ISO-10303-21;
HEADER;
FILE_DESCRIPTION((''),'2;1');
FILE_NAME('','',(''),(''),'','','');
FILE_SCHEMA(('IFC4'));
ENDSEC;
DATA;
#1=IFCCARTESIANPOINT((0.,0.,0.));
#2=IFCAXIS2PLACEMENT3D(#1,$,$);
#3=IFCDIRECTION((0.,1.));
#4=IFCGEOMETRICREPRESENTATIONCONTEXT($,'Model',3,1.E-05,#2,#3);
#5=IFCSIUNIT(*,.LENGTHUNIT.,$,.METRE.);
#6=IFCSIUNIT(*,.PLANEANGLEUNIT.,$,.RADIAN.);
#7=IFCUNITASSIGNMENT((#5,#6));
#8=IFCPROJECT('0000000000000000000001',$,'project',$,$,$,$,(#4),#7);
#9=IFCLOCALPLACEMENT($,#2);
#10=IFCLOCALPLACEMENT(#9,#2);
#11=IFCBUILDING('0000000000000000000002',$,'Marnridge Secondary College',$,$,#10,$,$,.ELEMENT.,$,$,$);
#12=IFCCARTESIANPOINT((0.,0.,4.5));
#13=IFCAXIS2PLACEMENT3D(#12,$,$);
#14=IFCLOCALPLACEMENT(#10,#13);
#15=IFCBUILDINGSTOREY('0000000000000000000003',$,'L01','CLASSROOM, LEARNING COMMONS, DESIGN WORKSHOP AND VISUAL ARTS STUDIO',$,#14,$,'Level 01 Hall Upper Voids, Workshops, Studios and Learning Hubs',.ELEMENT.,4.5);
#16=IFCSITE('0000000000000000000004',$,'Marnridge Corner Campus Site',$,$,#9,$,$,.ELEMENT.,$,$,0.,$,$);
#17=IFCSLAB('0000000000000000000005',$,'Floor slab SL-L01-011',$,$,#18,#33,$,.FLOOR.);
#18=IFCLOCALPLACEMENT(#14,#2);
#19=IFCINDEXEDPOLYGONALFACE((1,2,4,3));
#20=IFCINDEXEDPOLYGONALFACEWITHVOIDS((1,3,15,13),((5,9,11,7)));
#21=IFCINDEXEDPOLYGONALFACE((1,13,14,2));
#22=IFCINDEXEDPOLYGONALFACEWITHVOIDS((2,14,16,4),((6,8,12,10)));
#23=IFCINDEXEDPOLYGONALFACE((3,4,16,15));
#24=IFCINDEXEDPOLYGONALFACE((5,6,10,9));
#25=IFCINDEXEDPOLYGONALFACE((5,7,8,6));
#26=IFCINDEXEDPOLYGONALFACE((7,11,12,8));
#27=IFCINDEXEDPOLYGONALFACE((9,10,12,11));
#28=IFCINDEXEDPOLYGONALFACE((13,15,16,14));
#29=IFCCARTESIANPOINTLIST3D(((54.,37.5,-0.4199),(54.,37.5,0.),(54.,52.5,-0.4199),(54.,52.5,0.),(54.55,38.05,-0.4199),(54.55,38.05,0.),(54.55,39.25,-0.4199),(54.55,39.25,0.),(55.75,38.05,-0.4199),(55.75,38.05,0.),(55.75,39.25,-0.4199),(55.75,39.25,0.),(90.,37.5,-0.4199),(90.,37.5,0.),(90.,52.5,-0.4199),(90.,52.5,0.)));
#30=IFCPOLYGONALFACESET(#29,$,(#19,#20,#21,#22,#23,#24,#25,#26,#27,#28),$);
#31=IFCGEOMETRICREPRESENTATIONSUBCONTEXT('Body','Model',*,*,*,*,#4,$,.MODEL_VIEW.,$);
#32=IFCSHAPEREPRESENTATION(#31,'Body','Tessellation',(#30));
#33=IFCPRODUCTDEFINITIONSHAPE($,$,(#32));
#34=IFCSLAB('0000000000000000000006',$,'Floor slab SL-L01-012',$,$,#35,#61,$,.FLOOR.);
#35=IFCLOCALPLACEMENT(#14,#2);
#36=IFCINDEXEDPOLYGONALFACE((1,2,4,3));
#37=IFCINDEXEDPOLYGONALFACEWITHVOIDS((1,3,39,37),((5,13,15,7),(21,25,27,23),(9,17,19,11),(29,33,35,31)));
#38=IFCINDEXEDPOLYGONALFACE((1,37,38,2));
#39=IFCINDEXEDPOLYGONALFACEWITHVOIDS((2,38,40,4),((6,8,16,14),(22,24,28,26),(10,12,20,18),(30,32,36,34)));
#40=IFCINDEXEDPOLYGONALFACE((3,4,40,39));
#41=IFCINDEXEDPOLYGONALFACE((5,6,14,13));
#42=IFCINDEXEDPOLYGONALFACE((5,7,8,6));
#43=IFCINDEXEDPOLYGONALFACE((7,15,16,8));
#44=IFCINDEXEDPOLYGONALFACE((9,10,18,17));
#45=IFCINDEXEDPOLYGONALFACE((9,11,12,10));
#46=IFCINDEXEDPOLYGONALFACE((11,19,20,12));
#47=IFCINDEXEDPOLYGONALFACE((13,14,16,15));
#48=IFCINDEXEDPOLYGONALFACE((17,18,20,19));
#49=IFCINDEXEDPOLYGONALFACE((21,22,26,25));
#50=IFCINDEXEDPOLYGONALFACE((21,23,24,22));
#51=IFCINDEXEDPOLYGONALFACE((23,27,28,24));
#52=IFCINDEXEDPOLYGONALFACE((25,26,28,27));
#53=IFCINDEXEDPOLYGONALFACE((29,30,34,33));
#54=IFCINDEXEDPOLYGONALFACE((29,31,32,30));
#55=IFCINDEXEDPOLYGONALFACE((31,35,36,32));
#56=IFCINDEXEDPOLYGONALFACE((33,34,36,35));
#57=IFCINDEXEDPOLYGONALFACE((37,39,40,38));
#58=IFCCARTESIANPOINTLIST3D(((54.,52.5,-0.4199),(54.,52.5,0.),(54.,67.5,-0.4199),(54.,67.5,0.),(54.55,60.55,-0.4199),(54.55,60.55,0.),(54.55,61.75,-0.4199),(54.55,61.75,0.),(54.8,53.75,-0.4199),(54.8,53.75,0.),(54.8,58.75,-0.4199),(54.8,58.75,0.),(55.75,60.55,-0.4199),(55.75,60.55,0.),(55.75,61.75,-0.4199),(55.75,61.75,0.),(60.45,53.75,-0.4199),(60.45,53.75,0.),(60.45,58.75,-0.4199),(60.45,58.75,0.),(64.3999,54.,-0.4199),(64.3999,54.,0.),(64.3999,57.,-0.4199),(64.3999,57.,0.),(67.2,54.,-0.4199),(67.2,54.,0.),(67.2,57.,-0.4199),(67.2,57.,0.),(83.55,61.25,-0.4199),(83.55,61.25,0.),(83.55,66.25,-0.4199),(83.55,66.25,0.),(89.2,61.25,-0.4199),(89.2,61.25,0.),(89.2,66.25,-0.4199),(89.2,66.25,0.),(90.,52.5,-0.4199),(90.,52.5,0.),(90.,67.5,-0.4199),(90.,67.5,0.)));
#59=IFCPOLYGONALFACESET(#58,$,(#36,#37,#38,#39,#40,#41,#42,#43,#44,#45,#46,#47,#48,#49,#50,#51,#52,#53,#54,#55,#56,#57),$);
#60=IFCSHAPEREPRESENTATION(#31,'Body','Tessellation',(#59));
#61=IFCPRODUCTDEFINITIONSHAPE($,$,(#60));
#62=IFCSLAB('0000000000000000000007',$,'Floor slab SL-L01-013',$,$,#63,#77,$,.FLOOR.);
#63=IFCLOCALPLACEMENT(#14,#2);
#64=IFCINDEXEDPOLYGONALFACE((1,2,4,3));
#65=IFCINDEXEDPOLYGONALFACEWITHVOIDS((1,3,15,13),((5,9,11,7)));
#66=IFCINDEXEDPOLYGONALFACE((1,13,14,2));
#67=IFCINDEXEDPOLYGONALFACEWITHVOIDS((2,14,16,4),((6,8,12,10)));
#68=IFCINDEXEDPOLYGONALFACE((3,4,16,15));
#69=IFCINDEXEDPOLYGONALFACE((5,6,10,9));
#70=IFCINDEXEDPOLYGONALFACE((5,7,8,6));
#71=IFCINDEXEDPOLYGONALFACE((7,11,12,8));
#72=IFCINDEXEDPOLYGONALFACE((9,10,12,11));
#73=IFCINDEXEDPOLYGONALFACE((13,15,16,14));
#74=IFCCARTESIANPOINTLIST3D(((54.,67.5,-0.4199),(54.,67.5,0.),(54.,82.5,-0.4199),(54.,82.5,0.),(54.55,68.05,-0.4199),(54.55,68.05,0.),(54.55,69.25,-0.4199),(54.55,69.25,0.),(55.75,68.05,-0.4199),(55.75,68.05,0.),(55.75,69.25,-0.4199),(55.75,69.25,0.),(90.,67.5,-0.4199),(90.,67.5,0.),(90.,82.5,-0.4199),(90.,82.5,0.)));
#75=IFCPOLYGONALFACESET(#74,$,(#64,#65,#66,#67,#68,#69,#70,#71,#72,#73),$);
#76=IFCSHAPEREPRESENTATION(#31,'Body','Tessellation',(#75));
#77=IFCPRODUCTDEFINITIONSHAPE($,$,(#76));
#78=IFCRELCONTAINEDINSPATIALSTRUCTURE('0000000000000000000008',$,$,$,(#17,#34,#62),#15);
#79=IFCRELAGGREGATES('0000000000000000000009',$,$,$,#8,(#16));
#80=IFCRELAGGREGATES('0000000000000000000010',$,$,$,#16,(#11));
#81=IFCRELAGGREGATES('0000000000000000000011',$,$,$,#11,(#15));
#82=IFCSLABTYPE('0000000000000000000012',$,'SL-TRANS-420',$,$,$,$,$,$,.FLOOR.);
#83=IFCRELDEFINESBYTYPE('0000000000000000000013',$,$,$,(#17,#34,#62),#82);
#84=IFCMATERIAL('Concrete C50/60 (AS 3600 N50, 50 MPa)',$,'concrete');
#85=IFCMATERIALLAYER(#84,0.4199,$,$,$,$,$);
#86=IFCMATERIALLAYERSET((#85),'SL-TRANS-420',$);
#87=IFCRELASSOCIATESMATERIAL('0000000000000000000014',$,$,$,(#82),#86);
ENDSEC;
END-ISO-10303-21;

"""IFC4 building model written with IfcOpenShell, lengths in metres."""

from ifc_helpers import new_model, si_unit, direction, frame, origin, place, context, subcontext, project, spatial, polyline, outline, extrude, material, layer, layer_set, type_object, element, save


model = new_model("IFC4")

# Units and contexts
model_context = context("Model", 3, precision=1e-05, world=origin(), true_north=direction((0.0, 1.0)))
body_context = subcontext(model_context, "Body", "Model", "MODEL_VIEW")
ifc_project = project(units=[si_unit("LENGTHUNIT", "METRE"), si_unit("PLANEANGLEUNIT", "RADIAN")], contexts=[model_context])

# Site, building, storey
site_placement = place(None, origin())
site = spatial("IfcSite", under=ifc_project, at=site_placement, Name="Marnridge Corner Campus Site", CompositionType="ELEMENT", RefElevation=0.0)
building_placement = place(site_placement, origin())
building = spatial("IfcBuilding", under=site, at=building_placement, Name="Marnridge Secondary College", CompositionType="ELEMENT")
storey_placement = place(building_placement, frame((0.0, 0.0, 4.5)))
storey = spatial("IfcBuildingStorey", under=building, at=storey_placement, Name="L01", Description="CLASSROOM, LEARNING COMMONS, DESIGN WORKSHOP AND VISUAL ARTS STUDIO", LongName="Level 01 Hall Upper Voids, Workshops, Studios and Learning Hubs", CompositionType="ELEMENT", Elevation=4.5)

# Slabs
ifc_material_1 = material(Name="Concrete C50/60 (AS 3600 N50, 50 MPa)", Category="concrete")
ifc_layer_1 = layer(ifc_material_1, 0.4199)
ifc_layer_set_1 = layer_set([ifc_layer_1], Name="SL-TRANS-420")
slab_type_1 = type_object("IfcSlabType", Name="SL-TRANS-420", PredefinedType="FLOOR", material=ifc_layer_set_1)
slab_1_placement = place(storey_placement, frame((0.0, 0.0, -0.4199)))
element("IfcSlab", 1, at=slab_1_placement, inside=storey, type_object=slab_type_1, Name="Floor slab SL-L01-011", PredefinedType="FLOOR", context=body_context, shape_type="SweptSolid", body=[
    extrude(outline(polyline([(90.0, 37.5), (54.0, 37.5), (54.0, 52.5), (90.0, 52.5), (90.0, 37.5)]), holes=[polyline([(54.55, 38.05), (55.75, 38.05), (55.75, 39.25), (54.55, 39.25), (54.55, 38.05)])]), origin(), (0.0, 0.0, 1.0), 0.4199),
])
slab_2_placement = place(storey_placement, frame((0.0, 0.0, -0.4199)))
element("IfcSlab", 2, at=slab_2_placement, inside=storey, type_object=slab_type_1, Name="Floor slab SL-L01-012", PredefinedType="FLOOR", context=body_context, shape_type="SweptSolid", body=[
    extrude(outline(polyline([(90.0, 52.5), (54.0, 52.5), (54.0, 67.5), (90.0, 67.5), (90.0, 52.5)]), holes=[polyline([(54.8, 53.75), (60.45, 53.75), (60.45, 58.75), (54.8, 58.75), (54.8, 53.75)]), polyline([(83.55, 61.25), (89.2, 61.25), (89.2, 66.25), (83.55, 66.25), (83.55, 61.25)]), polyline([(64.3999, 54.0), (67.2, 54.0), (67.2, 57.0), (64.3999, 57.0), (64.3999, 54.0)]), polyline([(54.55, 60.55), (55.75, 60.55), (55.75, 61.75), (54.55, 61.75), (54.55, 60.55)])]), origin(), (0.0, 0.0, 1.0), 0.4199),
])
slab_3_placement = place(storey_placement, frame((0.0, 0.0, -0.4199)))
element("IfcSlab", 3, at=slab_3_placement, inside=storey, type_object=slab_type_1, Name="Floor slab SL-L01-013", PredefinedType="FLOOR", context=body_context, shape_type="SweptSolid", body=[
    extrude(outline(polyline([(90.0, 67.5), (54.0, 67.5), (54.0, 82.5), (90.0, 82.5), (90.0, 67.5)]), holes=[polyline([(54.55, 68.05), (55.75, 68.05), (55.75, 69.25), (54.55, 69.25), (54.55, 68.05)])]), origin(), (0.0, 0.0, 1.0), 0.4199),
])

save(model, "model.ifc")
